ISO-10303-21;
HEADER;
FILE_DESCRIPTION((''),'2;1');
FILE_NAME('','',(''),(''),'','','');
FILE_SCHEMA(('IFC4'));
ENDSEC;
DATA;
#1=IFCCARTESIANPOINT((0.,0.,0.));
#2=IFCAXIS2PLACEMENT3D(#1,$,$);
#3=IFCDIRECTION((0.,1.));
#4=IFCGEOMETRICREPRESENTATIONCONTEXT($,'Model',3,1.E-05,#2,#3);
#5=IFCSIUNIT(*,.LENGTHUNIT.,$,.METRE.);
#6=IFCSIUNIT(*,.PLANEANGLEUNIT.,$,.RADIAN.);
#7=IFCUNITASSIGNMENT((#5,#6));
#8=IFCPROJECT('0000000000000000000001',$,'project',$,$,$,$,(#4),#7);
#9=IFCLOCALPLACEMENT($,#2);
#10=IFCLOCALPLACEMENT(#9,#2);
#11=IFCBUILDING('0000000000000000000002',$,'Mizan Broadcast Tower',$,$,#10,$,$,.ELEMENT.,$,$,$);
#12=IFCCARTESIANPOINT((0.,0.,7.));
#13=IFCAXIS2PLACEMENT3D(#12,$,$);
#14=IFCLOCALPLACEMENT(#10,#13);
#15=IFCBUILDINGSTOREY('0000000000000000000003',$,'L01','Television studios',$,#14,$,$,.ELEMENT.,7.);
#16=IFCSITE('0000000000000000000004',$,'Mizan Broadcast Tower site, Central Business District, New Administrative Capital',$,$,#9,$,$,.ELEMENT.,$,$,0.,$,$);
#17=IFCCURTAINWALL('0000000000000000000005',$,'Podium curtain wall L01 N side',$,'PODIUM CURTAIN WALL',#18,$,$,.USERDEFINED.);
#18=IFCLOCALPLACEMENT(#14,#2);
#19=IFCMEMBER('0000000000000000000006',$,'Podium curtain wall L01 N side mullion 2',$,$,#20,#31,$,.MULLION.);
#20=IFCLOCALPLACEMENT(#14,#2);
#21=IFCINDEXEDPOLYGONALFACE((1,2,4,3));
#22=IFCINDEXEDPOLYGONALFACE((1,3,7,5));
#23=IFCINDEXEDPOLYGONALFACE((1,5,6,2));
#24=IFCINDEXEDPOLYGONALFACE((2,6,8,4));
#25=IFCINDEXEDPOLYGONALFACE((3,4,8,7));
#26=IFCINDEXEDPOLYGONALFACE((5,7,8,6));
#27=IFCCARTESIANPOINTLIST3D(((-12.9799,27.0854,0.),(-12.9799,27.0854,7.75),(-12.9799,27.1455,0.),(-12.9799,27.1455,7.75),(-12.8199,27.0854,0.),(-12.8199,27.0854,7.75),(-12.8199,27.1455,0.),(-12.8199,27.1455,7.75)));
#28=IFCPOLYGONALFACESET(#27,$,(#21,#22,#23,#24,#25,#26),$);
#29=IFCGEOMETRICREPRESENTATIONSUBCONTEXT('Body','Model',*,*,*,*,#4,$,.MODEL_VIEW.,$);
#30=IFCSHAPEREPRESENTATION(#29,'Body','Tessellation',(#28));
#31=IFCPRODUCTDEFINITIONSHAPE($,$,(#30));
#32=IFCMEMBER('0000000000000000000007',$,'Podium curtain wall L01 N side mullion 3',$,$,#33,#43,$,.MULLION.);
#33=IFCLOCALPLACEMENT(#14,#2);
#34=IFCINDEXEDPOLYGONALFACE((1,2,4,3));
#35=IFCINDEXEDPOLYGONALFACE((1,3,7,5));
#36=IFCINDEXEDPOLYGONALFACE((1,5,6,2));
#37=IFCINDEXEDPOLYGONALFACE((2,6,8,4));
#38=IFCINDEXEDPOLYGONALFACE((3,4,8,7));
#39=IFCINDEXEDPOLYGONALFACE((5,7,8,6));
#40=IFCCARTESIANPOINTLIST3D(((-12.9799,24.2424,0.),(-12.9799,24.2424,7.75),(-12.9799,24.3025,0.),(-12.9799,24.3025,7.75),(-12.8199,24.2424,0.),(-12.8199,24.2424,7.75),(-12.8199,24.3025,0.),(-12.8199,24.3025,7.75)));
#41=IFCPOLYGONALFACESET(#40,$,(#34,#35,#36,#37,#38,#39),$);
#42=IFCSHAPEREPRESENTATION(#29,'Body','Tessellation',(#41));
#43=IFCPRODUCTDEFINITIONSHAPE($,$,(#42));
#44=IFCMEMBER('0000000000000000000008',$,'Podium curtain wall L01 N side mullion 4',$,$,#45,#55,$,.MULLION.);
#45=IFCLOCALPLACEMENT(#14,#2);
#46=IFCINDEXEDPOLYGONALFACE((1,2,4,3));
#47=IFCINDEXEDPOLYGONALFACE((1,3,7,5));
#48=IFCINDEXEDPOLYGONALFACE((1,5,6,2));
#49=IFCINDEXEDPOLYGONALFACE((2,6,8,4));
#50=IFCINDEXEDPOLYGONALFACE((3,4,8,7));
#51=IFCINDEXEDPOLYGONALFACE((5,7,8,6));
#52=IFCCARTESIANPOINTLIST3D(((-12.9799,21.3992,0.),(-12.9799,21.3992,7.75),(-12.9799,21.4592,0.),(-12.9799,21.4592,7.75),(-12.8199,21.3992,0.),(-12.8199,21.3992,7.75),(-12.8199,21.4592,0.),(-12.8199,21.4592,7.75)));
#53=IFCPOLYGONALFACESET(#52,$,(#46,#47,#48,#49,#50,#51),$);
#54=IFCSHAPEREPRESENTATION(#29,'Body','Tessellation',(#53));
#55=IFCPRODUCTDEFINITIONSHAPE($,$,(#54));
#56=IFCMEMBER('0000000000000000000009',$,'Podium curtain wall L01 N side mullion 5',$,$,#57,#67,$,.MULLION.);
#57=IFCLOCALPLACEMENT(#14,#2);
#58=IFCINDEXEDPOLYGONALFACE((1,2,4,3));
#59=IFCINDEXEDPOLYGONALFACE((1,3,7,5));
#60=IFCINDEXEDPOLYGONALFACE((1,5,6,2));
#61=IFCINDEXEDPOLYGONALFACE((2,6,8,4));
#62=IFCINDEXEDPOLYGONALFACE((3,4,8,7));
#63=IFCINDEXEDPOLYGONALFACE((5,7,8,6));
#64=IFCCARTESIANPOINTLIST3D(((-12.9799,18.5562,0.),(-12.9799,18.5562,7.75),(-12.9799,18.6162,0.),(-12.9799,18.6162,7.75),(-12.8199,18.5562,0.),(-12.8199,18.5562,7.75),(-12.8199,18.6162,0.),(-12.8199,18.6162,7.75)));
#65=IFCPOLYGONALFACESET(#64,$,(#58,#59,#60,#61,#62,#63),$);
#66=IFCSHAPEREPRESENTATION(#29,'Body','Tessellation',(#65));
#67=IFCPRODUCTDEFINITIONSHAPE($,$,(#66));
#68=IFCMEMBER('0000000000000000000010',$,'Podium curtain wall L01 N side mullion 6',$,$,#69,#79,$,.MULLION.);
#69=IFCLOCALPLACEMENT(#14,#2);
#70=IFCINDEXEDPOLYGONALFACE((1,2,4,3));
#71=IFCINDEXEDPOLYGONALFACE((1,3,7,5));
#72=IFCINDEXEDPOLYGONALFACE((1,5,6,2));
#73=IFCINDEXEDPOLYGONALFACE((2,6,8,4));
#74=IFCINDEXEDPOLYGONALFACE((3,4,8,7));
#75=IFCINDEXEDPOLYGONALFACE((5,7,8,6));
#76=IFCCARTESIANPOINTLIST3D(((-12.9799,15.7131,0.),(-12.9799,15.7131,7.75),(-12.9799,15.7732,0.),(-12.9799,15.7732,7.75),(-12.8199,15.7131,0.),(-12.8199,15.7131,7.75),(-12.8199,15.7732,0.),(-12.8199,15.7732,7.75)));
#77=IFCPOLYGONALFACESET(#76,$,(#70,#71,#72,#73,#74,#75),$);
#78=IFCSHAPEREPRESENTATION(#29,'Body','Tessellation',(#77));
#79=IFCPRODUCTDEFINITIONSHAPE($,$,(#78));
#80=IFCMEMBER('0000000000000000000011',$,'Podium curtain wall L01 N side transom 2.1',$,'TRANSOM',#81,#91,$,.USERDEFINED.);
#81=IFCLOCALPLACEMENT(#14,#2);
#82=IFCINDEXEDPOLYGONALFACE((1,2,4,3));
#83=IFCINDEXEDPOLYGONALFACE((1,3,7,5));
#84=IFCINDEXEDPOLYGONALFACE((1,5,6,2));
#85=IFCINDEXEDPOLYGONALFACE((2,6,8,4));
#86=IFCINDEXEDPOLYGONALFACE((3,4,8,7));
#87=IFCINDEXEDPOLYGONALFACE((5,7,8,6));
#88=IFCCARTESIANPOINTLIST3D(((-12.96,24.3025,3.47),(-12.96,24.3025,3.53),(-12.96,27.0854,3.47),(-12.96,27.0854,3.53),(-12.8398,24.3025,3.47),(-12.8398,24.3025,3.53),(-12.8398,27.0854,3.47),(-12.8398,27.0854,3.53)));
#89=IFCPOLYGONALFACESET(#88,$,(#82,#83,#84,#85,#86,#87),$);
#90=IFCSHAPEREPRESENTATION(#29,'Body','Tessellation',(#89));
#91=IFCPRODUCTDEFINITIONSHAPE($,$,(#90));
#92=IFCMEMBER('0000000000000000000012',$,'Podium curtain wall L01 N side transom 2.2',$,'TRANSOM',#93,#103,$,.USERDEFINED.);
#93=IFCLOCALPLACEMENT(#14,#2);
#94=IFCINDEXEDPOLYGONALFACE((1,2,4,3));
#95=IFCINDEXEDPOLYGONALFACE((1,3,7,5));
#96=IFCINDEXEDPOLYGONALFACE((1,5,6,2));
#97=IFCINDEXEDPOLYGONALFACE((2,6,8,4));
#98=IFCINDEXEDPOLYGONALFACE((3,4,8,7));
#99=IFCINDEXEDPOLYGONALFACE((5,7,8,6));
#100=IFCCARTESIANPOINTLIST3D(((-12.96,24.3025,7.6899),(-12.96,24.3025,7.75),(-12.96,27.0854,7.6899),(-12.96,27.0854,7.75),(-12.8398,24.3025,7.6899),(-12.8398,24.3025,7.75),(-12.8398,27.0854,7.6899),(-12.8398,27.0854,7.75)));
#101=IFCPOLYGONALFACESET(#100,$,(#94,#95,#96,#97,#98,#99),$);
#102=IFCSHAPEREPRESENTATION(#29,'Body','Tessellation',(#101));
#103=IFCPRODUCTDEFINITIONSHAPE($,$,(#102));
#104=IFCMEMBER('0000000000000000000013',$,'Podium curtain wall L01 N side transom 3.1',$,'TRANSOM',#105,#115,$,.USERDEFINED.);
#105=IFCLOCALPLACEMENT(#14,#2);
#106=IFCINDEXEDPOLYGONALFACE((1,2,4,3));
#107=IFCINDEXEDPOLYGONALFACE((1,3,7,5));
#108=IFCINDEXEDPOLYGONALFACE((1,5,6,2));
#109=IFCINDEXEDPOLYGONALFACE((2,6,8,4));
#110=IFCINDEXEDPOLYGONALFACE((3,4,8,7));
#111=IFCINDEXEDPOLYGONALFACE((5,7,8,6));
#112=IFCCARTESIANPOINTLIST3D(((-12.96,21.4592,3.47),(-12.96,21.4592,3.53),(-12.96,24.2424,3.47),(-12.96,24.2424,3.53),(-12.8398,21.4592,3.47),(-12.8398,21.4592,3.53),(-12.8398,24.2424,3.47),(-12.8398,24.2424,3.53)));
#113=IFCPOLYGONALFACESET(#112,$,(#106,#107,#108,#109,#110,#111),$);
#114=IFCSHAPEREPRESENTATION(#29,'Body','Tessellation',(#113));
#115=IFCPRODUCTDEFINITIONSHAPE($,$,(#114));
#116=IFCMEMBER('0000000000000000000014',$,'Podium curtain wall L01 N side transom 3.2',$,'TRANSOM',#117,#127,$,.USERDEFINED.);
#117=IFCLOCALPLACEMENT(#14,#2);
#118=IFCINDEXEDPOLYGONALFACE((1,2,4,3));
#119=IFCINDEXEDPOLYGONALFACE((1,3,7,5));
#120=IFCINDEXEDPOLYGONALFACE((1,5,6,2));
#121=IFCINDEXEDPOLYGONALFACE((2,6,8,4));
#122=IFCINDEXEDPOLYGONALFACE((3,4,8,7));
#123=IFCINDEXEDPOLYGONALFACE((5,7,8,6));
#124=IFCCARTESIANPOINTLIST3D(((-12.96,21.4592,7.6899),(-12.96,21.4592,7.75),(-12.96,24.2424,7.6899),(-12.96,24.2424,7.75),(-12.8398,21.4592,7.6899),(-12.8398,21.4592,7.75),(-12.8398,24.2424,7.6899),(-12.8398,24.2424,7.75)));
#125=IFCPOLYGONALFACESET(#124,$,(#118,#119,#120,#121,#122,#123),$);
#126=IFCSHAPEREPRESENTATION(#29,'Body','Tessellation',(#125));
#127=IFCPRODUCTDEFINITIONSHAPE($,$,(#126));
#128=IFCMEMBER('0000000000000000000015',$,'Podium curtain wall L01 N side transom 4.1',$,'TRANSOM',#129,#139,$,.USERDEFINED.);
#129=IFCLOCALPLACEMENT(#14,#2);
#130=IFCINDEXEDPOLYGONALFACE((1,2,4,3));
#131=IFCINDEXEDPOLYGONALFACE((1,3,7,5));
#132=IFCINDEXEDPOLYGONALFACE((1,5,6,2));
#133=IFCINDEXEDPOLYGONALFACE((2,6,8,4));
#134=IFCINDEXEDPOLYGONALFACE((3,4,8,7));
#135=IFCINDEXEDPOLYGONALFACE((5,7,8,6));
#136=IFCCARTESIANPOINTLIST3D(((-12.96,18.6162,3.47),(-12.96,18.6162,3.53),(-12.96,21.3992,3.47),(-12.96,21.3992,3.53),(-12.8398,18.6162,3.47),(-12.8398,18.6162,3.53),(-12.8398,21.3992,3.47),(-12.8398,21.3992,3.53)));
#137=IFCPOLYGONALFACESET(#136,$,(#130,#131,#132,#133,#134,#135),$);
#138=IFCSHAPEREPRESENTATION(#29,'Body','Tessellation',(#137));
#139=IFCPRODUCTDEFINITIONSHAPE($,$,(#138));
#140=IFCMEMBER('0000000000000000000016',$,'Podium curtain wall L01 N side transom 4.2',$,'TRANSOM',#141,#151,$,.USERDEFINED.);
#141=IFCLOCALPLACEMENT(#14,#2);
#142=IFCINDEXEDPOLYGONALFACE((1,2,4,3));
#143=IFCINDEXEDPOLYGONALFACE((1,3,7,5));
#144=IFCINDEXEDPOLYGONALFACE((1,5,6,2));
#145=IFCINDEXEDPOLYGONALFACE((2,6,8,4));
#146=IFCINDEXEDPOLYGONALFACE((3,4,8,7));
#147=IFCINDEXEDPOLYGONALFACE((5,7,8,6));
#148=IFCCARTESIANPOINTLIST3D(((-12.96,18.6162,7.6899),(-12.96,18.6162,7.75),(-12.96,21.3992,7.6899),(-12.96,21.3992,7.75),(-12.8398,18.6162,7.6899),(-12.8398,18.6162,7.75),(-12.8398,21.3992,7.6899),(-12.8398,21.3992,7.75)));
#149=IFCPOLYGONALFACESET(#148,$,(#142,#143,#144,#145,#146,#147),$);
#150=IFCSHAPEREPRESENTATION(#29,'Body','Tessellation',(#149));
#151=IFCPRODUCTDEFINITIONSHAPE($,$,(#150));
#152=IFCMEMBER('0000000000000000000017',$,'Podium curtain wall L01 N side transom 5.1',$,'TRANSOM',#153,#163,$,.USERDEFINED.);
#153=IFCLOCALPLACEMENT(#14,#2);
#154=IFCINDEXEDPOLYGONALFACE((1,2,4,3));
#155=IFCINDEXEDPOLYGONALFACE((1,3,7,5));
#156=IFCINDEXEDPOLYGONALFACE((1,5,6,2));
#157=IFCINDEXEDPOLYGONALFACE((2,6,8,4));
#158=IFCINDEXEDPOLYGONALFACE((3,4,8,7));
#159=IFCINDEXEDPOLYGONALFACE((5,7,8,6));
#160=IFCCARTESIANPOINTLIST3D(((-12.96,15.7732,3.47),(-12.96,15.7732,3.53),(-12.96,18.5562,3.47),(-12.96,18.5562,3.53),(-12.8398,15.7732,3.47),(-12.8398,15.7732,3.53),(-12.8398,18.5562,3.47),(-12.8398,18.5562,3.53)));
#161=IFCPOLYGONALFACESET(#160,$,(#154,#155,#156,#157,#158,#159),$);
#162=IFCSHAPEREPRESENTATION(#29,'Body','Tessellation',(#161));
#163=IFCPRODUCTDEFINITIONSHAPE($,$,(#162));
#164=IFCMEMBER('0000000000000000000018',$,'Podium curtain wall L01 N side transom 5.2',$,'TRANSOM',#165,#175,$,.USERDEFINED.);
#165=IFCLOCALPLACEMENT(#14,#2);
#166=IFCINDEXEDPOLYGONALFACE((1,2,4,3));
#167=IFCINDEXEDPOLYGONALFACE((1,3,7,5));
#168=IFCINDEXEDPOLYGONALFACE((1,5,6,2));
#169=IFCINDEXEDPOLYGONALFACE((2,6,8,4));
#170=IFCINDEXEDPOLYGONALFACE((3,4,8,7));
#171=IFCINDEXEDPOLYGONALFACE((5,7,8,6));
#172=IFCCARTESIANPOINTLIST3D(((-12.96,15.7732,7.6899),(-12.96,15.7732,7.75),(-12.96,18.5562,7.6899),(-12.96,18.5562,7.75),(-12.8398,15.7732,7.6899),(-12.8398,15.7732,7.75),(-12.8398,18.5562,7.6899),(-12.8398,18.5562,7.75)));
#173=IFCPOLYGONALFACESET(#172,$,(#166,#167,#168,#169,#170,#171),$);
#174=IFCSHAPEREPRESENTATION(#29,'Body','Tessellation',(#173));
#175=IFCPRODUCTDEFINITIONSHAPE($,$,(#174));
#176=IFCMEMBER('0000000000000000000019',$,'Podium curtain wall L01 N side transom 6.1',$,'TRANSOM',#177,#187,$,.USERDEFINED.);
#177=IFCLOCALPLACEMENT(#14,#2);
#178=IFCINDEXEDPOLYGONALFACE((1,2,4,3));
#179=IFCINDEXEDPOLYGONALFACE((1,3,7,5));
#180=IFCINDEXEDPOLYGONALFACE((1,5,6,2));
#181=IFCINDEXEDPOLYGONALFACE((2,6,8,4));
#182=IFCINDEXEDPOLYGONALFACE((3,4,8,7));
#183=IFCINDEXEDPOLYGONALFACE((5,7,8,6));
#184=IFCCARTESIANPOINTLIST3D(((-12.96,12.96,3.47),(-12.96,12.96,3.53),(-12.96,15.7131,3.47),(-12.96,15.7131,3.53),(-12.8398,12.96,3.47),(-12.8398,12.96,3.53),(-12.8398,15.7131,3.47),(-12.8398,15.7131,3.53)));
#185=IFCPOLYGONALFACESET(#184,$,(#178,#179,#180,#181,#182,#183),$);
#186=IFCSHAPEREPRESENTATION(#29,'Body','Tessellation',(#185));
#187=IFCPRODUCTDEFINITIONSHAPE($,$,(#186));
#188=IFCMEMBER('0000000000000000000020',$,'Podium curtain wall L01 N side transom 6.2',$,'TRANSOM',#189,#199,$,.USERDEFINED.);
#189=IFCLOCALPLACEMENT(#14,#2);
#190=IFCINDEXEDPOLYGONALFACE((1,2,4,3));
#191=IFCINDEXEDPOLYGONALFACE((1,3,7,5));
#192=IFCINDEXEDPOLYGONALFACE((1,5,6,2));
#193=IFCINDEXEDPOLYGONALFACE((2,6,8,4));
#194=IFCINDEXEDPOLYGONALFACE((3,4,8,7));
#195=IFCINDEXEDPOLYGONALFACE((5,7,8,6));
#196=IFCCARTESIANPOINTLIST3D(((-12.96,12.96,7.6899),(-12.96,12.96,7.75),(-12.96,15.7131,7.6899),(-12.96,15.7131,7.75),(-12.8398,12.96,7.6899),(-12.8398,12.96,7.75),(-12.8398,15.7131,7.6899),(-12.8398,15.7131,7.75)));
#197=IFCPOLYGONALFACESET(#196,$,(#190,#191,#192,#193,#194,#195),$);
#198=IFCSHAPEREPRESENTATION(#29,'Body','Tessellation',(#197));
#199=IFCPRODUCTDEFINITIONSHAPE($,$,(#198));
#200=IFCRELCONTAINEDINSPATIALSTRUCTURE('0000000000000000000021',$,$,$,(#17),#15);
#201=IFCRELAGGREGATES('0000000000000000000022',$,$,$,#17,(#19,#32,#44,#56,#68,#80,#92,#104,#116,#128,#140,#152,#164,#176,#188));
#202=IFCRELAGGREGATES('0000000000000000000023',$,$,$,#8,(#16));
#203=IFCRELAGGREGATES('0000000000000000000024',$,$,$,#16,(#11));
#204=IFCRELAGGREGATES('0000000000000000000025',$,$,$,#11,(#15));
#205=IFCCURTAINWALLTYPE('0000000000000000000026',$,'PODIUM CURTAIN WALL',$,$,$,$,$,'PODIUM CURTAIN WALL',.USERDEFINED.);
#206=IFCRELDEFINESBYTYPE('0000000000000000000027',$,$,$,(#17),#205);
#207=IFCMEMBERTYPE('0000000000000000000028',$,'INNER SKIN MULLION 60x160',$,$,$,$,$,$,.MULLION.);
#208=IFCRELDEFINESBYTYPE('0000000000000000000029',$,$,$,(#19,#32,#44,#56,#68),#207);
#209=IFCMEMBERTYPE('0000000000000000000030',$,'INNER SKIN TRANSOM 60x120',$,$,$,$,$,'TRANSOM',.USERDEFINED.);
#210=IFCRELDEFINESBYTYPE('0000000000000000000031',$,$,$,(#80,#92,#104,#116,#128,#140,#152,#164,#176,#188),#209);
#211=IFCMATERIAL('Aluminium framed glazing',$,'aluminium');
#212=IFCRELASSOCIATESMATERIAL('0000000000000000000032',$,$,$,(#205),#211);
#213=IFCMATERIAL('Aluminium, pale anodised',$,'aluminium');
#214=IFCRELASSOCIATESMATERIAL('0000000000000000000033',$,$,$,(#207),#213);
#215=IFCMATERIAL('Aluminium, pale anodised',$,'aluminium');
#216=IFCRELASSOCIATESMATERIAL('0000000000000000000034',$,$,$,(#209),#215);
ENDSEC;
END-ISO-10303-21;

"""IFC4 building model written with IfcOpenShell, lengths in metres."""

from ifc_helpers import new_model, si_unit, direction, frame, origin, origin_2d, place, context, subcontext, project, spatial, rectangle, extrude, material, material_profile, profile_set, type_object, element, aggregate, save


model = new_model("IFC4")

# Units and contexts
model_context = context("Model", 3, precision=1e-05, world=origin(), true_north=direction((0.0, 1.0)))
body_context = subcontext(model_context, "Body", "Model", "MODEL_VIEW")
ifc_project = project(units=[si_unit("LENGTHUNIT", "METRE"), si_unit("PLANEANGLEUNIT", "RADIAN")], contexts=[model_context])

# Site, building, storey
site_placement = place(None, origin())
site = spatial("IfcSite", under=ifc_project, at=site_placement, Name="Mizan Broadcast Tower site, Central Business District, New Administrative Capital", CompositionType="ELEMENT", RefElevation=0.0)
building_placement = place(site_placement, origin())
building = spatial("IfcBuilding", under=site, at=building_placement, Name="Mizan Broadcast Tower", CompositionType="ELEMENT")
storey_placement = place(building_placement, frame((0.0, 0.0, 7.0)))
storey = spatial("IfcBuildingStorey", under=building, at=storey_placement, Name="L01", Description="Television studios", CompositionType="ELEMENT", Elevation=7.0)

# Curtain wall, members
ifc_material_1 = material(Name="Aluminium framed glazing", Category="aluminium")
curtain_wall_type_1 = type_object("IfcCurtainWallType", Name="PODIUM CURTAIN WALL", ElementType="PODIUM CURTAIN WALL", PredefinedType="USERDEFINED", material=ifc_material_1)
curtain_wall_1_placement = place(storey_placement, origin())
curtain_wall_1 = element("IfcCurtainWall", 1, at=curtain_wall_1_placement, inside=storey, type_object=curtain_wall_type_1, Name="Podium curtain wall L01 N side", ObjectType="PODIUM CURTAIN WALL", PredefinedType="USERDEFINED")
ifc_material_2 = material(Name="Aluminium, pale anodised", Category="aluminium")
ifc_material_profile_1 = material_profile(ifc_material_2, rectangle(XDim=0.1599, YDim=0.0601, at=origin_2d()), Name="MULLION 160x60")
ifc_profile_set_1 = profile_set([ifc_material_profile_1], Name="Aluminium, pale anodised")
member_type_1 = type_object("IfcMemberType", Name="INNER SKIN MULLION 60x160", PredefinedType="MULLION", material=ifc_profile_set_1)
member_1_placement = place(storey_placement, frame((-12.8999, 27.1155, 0.0), z_axis=(0.0, 0.0, 1.0), x_axis=(1.0, 0.0, 0.0)))
member_1 = element("IfcMember", 2, at=member_1_placement, type_object=member_type_1, Name="Podium curtain wall L01 N side mullion 2", PredefinedType="MULLION", context=body_context, shape_type="SweptSolid", body=[
    extrude(rectangle(XDim=0.1599, YDim=0.0601, at=origin_2d()), origin(), (0.0, 0.0, 1.0), 7.75),
])
member_2_placement = place(storey_placement, frame((-12.8999, 24.2725, 0.0), z_axis=(0.0, 0.0, 1.0), x_axis=(1.0, 0.0, 0.0)))
member_2 = element("IfcMember", 3, at=member_2_placement, type_object=member_type_1, Name="Podium curtain wall L01 N side mullion 3", PredefinedType="MULLION", context=body_context, shape_type="SweptSolid", body=[
    extrude(rectangle(XDim=0.1599, YDim=0.0601, at=origin_2d()), origin(), (0.0, 0.0, 1.0), 7.75),
])
member_3_placement = place(storey_placement, frame((-12.8999, 21.4292, 0.0), z_axis=(0.0, 0.0, 1.0), x_axis=(1.0, 0.0, 0.0)))
member_3 = element("IfcMember", 4, at=member_3_placement, type_object=member_type_1, Name="Podium curtain wall L01 N side mullion 4", PredefinedType="MULLION", context=body_context, shape_type="SweptSolid", body=[
    extrude(rectangle(XDim=0.1599, YDim=0.0601, at=origin_2d()), origin(), (0.0, 0.0, 1.0), 7.75),
])
member_4_placement = place(storey_placement, frame((-12.8999, 18.5862, 0.0), z_axis=(0.0, 0.0, 1.0), x_axis=(1.0, 0.0, 0.0)))
member_4 = element("IfcMember", 5, at=member_4_placement, type_object=member_type_1, Name="Podium curtain wall L01 N side mullion 5", PredefinedType="MULLION", context=body_context, shape_type="SweptSolid", body=[
    extrude(rectangle(XDim=0.1599, YDim=0.0601, at=origin_2d()), origin(), (0.0, 0.0, 1.0), 7.75),
])
member_5_placement = place(storey_placement, frame((-12.8999, 15.7432, 0.0), z_axis=(0.0, 0.0, 1.0), x_axis=(1.0, 0.0, 0.0)))
member_5 = element("IfcMember", 6, at=member_5_placement, type_object=member_type_1, Name="Podium curtain wall L01 N side mullion 6", PredefinedType="MULLION", context=body_context, shape_type="SweptSolid", body=[
    extrude(rectangle(XDim=0.1599, YDim=0.0601, at=origin_2d()), origin(), (0.0, 0.0, 1.0), 7.75),
])
ifc_material_3 = material(Name="Aluminium, pale anodised", Category="aluminium")
ifc_material_profile_2 = material_profile(ifc_material_3, rectangle(XDim=0.1201, YDim=0.0601, at=origin_2d()), Name="TRANSOM 120x60")
ifc_profile_set_2 = profile_set([ifc_material_profile_2], Name="Aluminium, pale anodised")
member_type_2 = type_object("IfcMemberType", Name="INNER SKIN TRANSOM 60x120", ElementType="TRANSOM", PredefinedType="USERDEFINED", material=ifc_profile_set_2)
member_6_placement = place(storey_placement, frame((-12.8999, 27.0854, 3.5), z_axis=(0.0, -1.0, 0.0), x_axis=(1.0, 0.0, 0.0)))
member_6 = element("IfcMember", 7, at=member_6_placement, type_object=member_type_2, Name="Podium curtain wall L01 N side transom 2.1", ObjectType="TRANSOM", PredefinedType="USERDEFINED", context=body_context, shape_type="SweptSolid", body=[
    extrude(rectangle(XDim=0.1201, YDim=0.0601, at=origin_2d()), origin(), (0.0, 0.0, 1.0), 2.783),
])
member_7_placement = place(storey_placement, frame((-12.8999, 27.0854, 7.72), z_axis=(0.0, -1.0, 0.0), x_axis=(1.0, 0.0, 0.0)))
member_7 = element("IfcMember", 8, at=member_7_placement, type_object=member_type_2, Name="Podium curtain wall L01 N side transom 2.2", ObjectType="TRANSOM", PredefinedType="USERDEFINED", context=body_context, shape_type="SweptSolid", body=[
    extrude(rectangle(XDim=0.1201, YDim=0.0601, at=origin_2d()), origin(), (0.0, 0.0, 1.0), 2.783),
])
member_8_placement = place(storey_placement, frame((-12.8999, 24.2424, 3.5), z_axis=(0.0, -1.0, 0.0), x_axis=(1.0, 0.0, 0.0)))
member_8 = element("IfcMember", 9, at=member_8_placement, type_object=member_type_2, Name="Podium curtain wall L01 N side transom 3.1", ObjectType="TRANSOM", PredefinedType="USERDEFINED", context=body_context, shape_type="SweptSolid", body=[
    extrude(rectangle(XDim=0.1201, YDim=0.0601, at=origin_2d()), origin(), (0.0, 0.0, 1.0), 2.7832),
])
member_9_placement = place(storey_placement, frame((-12.8999, 24.2424, 7.72), z_axis=(0.0, -1.0, 0.0), x_axis=(1.0, 0.0, 0.0)))
member_9 = element("IfcMember", 10, at=member_9_placement, type_object=member_type_2, Name="Podium curtain wall L01 N side transom 3.2", ObjectType="TRANSOM", PredefinedType="USERDEFINED", context=body_context, shape_type="SweptSolid", body=[
    extrude(rectangle(XDim=0.1201, YDim=0.0601, at=origin_2d()), origin(), (0.0, 0.0, 1.0), 2.7832),
])
member_10_placement = place(storey_placement, frame((-12.8999, 21.3992, 3.5), z_axis=(0.0, -1.0, 0.0), x_axis=(1.0, 0.0, 0.0)))
member_10 = element("IfcMember", 11, at=member_10_placement, type_object=member_type_2, Name="Podium curtain wall L01 N side transom 4.1", ObjectType="TRANSOM", PredefinedType="USERDEFINED", context=body_context, shape_type="SweptSolid", body=[
    extrude(rectangle(XDim=0.1201, YDim=0.0601, at=origin_2d()), origin(), (0.0, 0.0, 1.0), 2.783),
])
member_11_placement = place(storey_placement, frame((-12.8999, 21.3992, 7.72), z_axis=(0.0, -1.0, 0.0), x_axis=(1.0, 0.0, 0.0)))
member_11 = element("IfcMember", 12, at=member_11_placement, type_object=member_type_2, Name="Podium curtain wall L01 N side transom 4.2", ObjectType="TRANSOM", PredefinedType="USERDEFINED", context=body_context, shape_type="SweptSolid", body=[
    extrude(rectangle(XDim=0.1201, YDim=0.0601, at=origin_2d()), origin(), (0.0, 0.0, 1.0), 2.783),
])
member_12_placement = place(storey_placement, frame((-12.8999, 18.5562, 3.5), z_axis=(0.0, -1.0, 0.0), x_axis=(1.0, 0.0, 0.0)))
member_12 = element("IfcMember", 13, at=member_12_placement, type_object=member_type_2, Name="Podium curtain wall L01 N side transom 5.1", ObjectType="TRANSOM", PredefinedType="USERDEFINED", context=body_context, shape_type="SweptSolid", body=[
    extrude(rectangle(XDim=0.1201, YDim=0.0601, at=origin_2d()), origin(), (0.0, 0.0, 1.0), 2.783),
])
member_13_placement = place(storey_placement, frame((-12.8999, 18.5562, 7.72), z_axis=(0.0, -1.0, 0.0), x_axis=(1.0, 0.0, 0.0)))
member_13 = element("IfcMember", 14, at=member_13_placement, type_object=member_type_2, Name="Podium curtain wall L01 N side transom 5.2", ObjectType="TRANSOM", PredefinedType="USERDEFINED", context=body_context, shape_type="SweptSolid", body=[
    extrude(rectangle(XDim=0.1201, YDim=0.0601, at=origin_2d()), origin(), (0.0, 0.0, 1.0), 2.783),
])
member_14_placement = place(storey_placement, frame((-12.8999, 15.7131, 3.5), z_axis=(0.0, -1.0, 0.0), x_axis=(1.0, 0.0, 0.0)))
member_14 = element("IfcMember", 15, at=member_14_placement, type_object=member_type_2, Name="Podium curtain wall L01 N side transom 6.1", ObjectType="TRANSOM", PredefinedType="USERDEFINED", context=body_context, shape_type="SweptSolid", body=[
    extrude(rectangle(XDim=0.1201, YDim=0.0601, at=origin_2d()), origin(), (0.0, 0.0, 1.0), 2.7532),
])
member_15_placement = place(storey_placement, frame((-12.8999, 15.7131, 7.72), z_axis=(0.0, -1.0, 0.0), x_axis=(1.0, 0.0, 0.0)))
member_15 = element("IfcMember", 16, at=member_15_placement, type_object=member_type_2, Name="Podium curtain wall L01 N side transom 6.2", ObjectType="TRANSOM", PredefinedType="USERDEFINED", context=body_context, shape_type="SweptSolid", body=[
    extrude(rectangle(XDim=0.1201, YDim=0.0601, at=origin_2d()), origin(), (0.0, 0.0, 1.0), 2.7532),
])

aggregate(curtain_wall_1, [member_1, member_2, member_3, member_4, member_5, member_6, member_7, member_8, member_9, member_10, member_11, member_12, member_13, member_14, member_15])

save(model, "model.ifc")
